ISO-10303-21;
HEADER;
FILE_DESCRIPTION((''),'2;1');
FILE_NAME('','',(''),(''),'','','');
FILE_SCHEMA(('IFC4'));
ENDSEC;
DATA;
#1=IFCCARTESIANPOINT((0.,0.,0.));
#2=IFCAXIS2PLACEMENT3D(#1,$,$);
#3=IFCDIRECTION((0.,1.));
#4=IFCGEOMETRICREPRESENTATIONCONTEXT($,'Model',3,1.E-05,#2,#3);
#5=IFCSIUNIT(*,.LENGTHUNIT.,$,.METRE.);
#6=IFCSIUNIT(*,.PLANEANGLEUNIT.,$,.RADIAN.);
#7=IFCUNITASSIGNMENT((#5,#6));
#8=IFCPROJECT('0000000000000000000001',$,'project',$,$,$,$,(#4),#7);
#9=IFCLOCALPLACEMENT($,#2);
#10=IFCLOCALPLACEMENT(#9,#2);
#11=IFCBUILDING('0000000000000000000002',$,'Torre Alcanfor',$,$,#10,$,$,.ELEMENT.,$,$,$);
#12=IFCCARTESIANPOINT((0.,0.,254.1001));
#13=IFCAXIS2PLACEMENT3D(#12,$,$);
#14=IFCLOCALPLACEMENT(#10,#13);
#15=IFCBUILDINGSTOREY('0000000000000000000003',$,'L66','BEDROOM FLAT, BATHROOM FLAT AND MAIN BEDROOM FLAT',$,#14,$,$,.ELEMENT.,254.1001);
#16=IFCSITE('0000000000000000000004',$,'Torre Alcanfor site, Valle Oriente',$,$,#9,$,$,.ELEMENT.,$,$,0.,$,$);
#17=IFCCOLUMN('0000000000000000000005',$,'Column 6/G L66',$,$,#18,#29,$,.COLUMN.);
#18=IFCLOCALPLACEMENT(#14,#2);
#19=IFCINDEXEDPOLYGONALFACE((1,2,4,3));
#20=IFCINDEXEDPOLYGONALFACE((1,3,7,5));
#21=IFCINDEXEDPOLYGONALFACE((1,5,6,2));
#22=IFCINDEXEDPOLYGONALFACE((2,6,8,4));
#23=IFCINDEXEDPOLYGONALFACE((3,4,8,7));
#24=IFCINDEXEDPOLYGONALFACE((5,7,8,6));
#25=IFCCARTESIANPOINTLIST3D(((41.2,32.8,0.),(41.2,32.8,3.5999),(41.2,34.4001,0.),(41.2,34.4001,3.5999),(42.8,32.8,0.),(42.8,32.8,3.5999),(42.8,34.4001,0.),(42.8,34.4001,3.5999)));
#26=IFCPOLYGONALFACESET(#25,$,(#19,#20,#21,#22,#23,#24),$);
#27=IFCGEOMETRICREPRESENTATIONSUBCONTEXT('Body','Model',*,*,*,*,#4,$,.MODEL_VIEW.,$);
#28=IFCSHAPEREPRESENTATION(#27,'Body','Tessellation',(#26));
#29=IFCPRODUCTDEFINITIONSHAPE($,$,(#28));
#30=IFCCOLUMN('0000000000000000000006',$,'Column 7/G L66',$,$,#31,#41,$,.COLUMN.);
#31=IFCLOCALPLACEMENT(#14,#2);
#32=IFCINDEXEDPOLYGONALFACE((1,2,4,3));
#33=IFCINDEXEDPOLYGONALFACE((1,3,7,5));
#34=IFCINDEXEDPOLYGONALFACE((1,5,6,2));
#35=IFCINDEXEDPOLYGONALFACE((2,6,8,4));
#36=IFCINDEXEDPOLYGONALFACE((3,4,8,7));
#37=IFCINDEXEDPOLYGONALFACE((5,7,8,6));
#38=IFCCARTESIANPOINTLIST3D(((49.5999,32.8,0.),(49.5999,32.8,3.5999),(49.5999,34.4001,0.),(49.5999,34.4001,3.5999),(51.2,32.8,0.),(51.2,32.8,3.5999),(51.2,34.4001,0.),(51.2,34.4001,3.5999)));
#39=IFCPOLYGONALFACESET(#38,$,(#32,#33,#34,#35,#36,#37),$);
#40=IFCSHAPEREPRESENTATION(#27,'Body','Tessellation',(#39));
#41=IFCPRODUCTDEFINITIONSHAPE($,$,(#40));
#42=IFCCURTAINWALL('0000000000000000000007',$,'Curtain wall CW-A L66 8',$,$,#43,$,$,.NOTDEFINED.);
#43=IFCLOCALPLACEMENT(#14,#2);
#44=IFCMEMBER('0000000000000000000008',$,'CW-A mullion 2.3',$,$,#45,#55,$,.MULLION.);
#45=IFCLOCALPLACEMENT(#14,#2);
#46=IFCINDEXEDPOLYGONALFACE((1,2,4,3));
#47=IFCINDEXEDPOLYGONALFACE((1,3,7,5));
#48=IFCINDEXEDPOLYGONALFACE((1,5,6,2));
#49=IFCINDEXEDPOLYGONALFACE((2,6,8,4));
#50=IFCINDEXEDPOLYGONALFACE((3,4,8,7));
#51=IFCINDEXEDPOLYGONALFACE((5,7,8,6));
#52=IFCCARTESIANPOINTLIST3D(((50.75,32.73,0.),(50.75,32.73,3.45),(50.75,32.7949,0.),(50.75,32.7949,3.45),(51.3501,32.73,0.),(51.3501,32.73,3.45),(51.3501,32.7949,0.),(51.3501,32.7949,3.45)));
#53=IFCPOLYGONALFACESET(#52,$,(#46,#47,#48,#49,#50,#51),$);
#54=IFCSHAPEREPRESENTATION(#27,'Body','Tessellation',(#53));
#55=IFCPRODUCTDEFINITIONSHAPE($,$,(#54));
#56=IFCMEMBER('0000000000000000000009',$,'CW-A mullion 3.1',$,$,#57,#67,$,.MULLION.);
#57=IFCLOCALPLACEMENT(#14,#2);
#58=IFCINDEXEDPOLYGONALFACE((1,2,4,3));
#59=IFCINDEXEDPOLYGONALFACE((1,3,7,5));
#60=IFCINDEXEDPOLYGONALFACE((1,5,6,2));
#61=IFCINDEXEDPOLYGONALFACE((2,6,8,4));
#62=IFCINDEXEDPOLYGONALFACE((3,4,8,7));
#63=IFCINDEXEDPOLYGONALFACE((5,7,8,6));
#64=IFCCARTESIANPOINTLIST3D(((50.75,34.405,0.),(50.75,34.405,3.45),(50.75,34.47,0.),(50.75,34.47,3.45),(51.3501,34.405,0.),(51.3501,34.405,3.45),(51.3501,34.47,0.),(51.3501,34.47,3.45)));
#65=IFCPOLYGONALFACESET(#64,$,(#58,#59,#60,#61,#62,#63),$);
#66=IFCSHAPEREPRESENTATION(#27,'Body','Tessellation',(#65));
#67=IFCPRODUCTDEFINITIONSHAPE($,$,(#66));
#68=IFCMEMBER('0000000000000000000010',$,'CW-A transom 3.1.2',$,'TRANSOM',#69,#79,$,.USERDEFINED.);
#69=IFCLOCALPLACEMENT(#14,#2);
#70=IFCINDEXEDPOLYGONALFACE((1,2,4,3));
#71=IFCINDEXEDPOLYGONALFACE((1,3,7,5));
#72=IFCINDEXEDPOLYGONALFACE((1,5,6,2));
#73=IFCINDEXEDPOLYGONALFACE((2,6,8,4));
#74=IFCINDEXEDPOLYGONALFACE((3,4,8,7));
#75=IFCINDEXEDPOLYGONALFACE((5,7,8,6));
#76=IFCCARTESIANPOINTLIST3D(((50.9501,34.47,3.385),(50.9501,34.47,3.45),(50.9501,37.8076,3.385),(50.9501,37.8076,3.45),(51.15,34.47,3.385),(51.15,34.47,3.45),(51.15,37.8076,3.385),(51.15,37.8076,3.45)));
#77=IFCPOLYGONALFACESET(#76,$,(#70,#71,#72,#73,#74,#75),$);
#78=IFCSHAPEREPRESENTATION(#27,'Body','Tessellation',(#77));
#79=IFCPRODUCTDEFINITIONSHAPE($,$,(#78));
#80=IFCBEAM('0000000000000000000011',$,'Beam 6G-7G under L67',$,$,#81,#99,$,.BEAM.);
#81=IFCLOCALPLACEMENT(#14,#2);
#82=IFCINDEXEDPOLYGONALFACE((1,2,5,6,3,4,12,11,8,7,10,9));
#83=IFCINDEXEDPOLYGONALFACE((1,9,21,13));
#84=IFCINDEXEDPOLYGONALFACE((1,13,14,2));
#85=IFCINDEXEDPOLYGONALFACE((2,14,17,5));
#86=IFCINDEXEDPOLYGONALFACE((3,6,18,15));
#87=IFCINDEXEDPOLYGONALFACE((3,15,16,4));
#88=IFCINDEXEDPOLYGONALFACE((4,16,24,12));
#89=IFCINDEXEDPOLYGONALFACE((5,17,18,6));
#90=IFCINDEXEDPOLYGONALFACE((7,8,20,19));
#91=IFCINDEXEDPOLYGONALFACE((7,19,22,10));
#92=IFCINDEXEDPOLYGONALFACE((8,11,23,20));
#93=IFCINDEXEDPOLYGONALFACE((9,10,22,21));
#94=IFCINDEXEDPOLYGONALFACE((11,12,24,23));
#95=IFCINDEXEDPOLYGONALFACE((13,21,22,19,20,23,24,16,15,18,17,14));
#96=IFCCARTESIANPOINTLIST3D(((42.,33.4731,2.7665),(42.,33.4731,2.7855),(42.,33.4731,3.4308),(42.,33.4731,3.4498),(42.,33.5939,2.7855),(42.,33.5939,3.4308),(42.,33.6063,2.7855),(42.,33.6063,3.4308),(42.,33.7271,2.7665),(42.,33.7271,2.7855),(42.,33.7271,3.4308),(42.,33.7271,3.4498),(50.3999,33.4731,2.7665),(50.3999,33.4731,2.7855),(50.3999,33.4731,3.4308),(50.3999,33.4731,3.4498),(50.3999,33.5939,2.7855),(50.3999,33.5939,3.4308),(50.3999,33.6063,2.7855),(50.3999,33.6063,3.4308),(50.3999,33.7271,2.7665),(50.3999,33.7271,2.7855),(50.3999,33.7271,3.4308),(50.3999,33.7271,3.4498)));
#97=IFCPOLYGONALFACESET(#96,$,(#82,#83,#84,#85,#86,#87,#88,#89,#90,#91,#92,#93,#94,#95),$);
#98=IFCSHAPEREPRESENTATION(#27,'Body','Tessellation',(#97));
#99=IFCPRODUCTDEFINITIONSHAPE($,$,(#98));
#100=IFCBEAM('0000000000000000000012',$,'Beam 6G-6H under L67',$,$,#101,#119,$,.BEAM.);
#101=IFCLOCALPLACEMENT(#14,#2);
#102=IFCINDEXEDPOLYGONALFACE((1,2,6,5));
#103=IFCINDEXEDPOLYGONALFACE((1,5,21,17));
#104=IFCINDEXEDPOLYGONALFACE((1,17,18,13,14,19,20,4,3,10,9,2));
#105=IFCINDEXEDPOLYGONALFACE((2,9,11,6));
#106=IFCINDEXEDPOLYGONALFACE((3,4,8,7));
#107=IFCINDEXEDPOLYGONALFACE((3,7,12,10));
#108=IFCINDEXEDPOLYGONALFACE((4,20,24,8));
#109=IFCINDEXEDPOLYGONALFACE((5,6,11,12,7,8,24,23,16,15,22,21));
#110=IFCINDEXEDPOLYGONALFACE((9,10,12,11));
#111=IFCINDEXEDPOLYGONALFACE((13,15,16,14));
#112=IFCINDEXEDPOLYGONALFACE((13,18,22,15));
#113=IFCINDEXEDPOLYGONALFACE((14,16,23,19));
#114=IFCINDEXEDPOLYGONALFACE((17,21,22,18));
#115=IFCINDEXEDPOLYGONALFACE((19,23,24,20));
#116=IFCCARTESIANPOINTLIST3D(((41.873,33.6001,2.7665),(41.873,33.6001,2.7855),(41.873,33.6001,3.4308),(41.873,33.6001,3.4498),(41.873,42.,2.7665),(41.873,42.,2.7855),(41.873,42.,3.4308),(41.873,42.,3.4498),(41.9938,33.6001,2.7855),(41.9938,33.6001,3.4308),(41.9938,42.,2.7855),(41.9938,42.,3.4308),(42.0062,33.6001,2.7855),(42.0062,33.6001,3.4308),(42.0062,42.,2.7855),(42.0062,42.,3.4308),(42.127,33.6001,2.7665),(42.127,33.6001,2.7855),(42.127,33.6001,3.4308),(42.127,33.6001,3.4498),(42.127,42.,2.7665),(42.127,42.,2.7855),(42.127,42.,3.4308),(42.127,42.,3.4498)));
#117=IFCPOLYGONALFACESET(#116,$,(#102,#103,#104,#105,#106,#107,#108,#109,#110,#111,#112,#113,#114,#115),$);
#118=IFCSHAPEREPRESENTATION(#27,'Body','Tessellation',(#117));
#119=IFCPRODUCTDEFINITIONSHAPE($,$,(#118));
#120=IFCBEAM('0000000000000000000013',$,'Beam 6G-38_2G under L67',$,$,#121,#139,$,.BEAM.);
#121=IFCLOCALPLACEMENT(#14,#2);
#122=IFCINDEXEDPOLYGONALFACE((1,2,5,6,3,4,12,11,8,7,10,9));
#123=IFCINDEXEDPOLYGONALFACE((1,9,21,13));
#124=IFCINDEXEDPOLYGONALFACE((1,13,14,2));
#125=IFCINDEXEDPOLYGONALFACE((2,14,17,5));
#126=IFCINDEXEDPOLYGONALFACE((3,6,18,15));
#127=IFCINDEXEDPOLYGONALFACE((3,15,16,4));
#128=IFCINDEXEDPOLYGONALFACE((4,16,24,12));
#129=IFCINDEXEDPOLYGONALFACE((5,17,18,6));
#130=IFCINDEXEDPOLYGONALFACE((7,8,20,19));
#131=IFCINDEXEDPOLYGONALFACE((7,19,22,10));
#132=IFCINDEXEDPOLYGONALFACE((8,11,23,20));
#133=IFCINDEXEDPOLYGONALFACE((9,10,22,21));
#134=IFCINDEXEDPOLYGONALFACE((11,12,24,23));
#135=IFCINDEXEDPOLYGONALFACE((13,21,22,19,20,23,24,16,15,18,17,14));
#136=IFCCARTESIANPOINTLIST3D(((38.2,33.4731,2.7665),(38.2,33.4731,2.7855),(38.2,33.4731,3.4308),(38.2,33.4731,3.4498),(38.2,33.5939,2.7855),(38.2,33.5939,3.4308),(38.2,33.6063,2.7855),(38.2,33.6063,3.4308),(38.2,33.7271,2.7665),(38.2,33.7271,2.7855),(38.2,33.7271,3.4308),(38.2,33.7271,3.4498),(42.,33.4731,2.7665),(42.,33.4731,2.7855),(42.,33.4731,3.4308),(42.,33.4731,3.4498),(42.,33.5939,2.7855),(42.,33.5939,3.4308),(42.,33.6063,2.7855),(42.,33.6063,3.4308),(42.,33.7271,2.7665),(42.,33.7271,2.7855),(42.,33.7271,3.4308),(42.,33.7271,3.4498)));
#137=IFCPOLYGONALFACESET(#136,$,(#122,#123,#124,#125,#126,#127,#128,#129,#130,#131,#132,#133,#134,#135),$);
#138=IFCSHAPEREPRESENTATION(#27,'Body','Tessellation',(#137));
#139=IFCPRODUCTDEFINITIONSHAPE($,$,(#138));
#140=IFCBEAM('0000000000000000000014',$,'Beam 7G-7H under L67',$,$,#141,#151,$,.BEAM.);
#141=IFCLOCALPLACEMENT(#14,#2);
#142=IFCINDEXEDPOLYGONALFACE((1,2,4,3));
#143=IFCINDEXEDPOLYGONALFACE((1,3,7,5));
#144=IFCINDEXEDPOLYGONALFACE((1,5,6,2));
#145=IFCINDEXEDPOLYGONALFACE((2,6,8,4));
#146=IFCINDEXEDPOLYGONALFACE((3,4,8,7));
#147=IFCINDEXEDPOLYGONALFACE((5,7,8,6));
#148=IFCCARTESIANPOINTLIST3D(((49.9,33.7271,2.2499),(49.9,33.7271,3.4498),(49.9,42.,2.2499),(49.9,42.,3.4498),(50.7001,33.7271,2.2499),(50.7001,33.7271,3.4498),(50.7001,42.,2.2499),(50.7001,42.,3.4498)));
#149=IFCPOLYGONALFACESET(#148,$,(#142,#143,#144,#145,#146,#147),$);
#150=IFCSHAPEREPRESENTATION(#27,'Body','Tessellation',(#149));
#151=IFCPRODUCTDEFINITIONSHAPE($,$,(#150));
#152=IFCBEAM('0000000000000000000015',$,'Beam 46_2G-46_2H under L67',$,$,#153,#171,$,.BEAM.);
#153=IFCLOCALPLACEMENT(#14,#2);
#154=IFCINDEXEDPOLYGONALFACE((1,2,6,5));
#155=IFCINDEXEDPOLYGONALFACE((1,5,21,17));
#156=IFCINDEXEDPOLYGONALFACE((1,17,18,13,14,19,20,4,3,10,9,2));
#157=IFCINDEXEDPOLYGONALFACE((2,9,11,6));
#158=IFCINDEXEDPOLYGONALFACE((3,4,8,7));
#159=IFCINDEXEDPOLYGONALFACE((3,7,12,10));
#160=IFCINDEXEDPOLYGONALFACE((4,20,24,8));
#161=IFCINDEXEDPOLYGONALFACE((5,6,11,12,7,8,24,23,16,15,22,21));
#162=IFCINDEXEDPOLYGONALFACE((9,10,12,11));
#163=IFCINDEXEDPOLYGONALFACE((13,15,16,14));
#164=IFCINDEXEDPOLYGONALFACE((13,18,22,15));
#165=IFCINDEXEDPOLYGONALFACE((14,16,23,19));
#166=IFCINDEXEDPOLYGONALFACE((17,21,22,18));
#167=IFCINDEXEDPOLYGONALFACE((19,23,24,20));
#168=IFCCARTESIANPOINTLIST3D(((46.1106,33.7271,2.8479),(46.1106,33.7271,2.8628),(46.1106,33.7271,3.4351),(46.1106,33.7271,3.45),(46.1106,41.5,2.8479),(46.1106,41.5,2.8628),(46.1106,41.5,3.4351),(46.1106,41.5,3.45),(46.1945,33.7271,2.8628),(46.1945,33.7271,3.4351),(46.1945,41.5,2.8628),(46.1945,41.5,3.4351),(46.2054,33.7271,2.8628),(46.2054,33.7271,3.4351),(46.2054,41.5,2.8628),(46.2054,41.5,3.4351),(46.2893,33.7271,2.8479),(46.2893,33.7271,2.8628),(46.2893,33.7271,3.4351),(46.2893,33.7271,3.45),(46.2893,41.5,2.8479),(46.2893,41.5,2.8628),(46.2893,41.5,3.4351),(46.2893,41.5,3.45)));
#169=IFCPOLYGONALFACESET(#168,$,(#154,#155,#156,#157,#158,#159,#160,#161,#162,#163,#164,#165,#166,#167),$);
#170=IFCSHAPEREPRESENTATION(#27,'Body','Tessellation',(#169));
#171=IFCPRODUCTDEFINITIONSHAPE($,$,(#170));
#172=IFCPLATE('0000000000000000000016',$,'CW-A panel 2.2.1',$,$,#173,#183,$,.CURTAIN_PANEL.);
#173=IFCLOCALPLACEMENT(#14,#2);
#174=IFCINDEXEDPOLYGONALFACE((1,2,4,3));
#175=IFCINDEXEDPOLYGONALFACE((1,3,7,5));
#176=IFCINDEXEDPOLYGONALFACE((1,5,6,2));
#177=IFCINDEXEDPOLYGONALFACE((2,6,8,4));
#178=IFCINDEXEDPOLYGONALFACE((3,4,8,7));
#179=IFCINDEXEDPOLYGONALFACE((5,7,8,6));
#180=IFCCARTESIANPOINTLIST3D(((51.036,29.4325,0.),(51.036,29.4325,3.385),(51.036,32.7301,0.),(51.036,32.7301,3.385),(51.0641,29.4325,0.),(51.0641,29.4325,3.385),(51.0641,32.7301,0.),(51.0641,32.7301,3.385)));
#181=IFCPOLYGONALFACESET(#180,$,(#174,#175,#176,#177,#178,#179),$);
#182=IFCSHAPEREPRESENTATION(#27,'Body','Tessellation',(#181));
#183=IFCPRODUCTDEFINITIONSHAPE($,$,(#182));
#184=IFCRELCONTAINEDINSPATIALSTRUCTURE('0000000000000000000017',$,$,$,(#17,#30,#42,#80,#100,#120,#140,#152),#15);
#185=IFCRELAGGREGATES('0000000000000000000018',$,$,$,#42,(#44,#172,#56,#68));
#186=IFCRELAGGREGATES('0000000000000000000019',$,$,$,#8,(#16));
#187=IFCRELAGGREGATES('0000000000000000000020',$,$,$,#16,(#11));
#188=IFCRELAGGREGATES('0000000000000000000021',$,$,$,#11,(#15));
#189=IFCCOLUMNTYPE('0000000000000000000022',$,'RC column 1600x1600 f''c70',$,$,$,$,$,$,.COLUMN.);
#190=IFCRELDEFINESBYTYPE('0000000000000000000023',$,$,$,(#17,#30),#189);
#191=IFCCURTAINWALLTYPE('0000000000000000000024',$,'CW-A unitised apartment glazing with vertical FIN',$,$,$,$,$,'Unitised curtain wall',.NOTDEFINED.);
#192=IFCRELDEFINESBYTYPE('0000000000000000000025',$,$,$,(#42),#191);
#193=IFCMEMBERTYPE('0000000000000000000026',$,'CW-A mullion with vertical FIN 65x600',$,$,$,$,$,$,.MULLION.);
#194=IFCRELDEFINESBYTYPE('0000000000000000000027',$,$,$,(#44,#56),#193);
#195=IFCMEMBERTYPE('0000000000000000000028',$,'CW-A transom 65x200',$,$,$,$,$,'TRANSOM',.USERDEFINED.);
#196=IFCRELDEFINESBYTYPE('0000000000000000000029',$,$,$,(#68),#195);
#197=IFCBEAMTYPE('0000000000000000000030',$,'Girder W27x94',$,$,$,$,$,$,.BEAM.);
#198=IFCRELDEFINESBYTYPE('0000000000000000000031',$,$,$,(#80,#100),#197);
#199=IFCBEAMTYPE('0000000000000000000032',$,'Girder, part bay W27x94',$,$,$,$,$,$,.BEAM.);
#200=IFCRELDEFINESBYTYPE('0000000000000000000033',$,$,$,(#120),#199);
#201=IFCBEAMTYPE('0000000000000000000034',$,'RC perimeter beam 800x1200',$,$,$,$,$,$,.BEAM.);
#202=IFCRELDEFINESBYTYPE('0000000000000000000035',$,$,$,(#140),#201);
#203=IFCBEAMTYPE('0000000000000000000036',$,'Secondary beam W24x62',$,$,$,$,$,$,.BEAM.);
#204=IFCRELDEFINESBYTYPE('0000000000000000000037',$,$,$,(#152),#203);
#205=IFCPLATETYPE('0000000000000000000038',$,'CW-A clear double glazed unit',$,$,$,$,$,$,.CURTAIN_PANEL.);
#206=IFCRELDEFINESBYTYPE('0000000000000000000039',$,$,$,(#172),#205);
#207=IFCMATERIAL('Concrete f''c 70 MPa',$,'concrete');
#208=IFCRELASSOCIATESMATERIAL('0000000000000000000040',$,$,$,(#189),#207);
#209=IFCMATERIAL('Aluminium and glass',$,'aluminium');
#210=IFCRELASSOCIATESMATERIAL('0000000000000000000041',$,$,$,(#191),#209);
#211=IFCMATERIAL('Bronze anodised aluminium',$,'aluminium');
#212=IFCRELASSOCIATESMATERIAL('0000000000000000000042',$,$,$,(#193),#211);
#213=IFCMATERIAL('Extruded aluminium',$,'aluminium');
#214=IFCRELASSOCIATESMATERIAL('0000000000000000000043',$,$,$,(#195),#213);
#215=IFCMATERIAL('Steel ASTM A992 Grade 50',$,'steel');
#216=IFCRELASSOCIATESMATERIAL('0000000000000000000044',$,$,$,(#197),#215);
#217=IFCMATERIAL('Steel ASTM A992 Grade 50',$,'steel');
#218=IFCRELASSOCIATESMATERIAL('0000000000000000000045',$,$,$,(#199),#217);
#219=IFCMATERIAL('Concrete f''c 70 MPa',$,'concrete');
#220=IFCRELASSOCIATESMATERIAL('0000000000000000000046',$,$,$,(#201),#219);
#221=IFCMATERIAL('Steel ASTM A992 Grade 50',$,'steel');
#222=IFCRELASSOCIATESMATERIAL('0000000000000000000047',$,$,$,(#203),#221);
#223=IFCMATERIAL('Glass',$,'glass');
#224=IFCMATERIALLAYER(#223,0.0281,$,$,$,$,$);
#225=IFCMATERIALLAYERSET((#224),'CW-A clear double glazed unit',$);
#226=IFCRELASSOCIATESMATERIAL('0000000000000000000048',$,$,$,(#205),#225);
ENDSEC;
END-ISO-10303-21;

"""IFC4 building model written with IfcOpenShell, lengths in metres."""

from ifc_helpers import new_model, si_unit, direction, frame, origin, origin_2d, place, context, subcontext, project, spatial, rectangle, i_section, extrude, material, layer, layer_set, material_profile, profile_set, type_object, element, aggregate, save


model = new_model("IFC4")

# Units and contexts
model_context = context("Model", 3, precision=1e-05, world=origin(), true_north=direction((0.0, 1.0)))
body_context = subcontext(model_context, "Body", "Model", "MODEL_VIEW")
ifc_project = project(units=[si_unit("LENGTHUNIT", "METRE"), si_unit("PLANEANGLEUNIT", "RADIAN")], contexts=[model_context])

# Site, building, storey
site_placement = place(None, origin())
site = spatial("IfcSite", under=ifc_project, at=site_placement, Name="Torre Alcanfor site, Valle Oriente", CompositionType="ELEMENT", RefElevation=0.0)
building_placement = place(site_placement, origin())
building = spatial("IfcBuilding", under=site, at=building_placement, Name="Torre Alcanfor", CompositionType="ELEMENT")
storey_placement = place(building_placement, frame((0.0, 0.0, 254.1001)))
storey = spatial("IfcBuildingStorey", under=building, at=storey_placement, Name="L66", Description="BEDROOM FLAT, BATHROOM FLAT AND MAIN BEDROOM FLAT", CompositionType="ELEMENT", Elevation=254.1001)

# Columns
ifc_material_1 = material(Name="Concrete f'c 70 MPa", Category="concrete")
ifc_material_profile_1 = material_profile(ifc_material_1, rectangle(XDim=1.6001, YDim=1.6001, at=origin_2d()), Name="1600x1600")
ifc_profile_set_1 = profile_set([ifc_material_profile_1], Name="Concrete f'c 70 MPa")
column_type = type_object("IfcColumnType", Name="RC column 1600x1600 f'c70", PredefinedType="COLUMN", material=ifc_profile_set_1)
for number, where, z_axis, x_axis, name in (
    (1, (42.0, 33.6001, 0.0), (0.0, 0.0, 1.0), (1.0, 0.0, 0.0), "Column 6/G L66"),
    (2, (50.3999, 33.6001, 0.0), (0.0, 0.0, 1.0), (1.0, 0.0, 0.0), "Column 7/G L66"),
):
    element("IfcColumn", number, at=place(storey_placement, frame(where, z_axis=z_axis, x_axis=x_axis)), inside=storey, type_object=column_type, Name=name, PredefinedType="COLUMN", context=body_context, shape_type="SweptSolid", body=[
        extrude(rectangle(XDim=1.6001, YDim=1.6001, at=origin_2d()), origin(), (0.0, 0.0, 1.0), 3.5999),
    ])

# Curtain wall, members
ifc_material_2 = material(Name="Aluminium and glass", Category="aluminium")
curtain_wall_type = type_object("IfcCurtainWallType", Name="CW-A unitised apartment glazing with vertical FIN", ElementType="Unitised curtain wall", PredefinedType="NOTDEFINED", material=ifc_material_2)
curtain_wall_placement = place(storey_placement, origin())
curtain_wall = element("IfcCurtainWall", 3, at=curtain_wall_placement, inside=storey, type_object=curtain_wall_type, Name="Curtain wall CW-A L66 8", PredefinedType="NOTDEFINED")
ifc_material_3 = material(Name="Bronze anodised aluminium", Category="aluminium")
ifc_material_profile_2 = material_profile(ifc_material_3, rectangle(XDim=0.6001, YDim=0.0649, at=origin_2d()), Name="CW-A mullion 65x600")
ifc_profile_set_2 = profile_set([ifc_material_profile_2], Name="Bronze anodised aluminium")
member_type_1 = type_object("IfcMemberType", Name="CW-A mullion with vertical FIN 65x600", PredefinedType="MULLION", material=ifc_profile_set_2)
member_1_placement = place(storey_placement, frame((51.05, 32.7625, 0.0), z_axis=(0.0, 0.0, 1.0), x_axis=(-1.0, 0.0, 0.0)))
member_1 = element("IfcMember", 4, at=member_1_placement, type_object=member_type_1, Name="CW-A mullion 2.3", PredefinedType="MULLION", context=body_context, shape_type="SweptSolid", body=[
    extrude(rectangle(XDim=0.6001, YDim=0.0649, at=origin_2d()), origin(), (0.0, 0.0, 1.0), 3.45),
])
member_2_placement = place(storey_placement, frame((51.05, 34.4375, 0.0), z_axis=(0.0, 0.0, 1.0), x_axis=(-1.0, 0.0, 0.0)))
member_2 = element("IfcMember", 5, at=member_2_placement, type_object=member_type_1, Name="CW-A mullion 3.1", PredefinedType="MULLION", context=body_context, shape_type="SweptSolid", body=[
    extrude(rectangle(XDim=0.6001, YDim=0.0649, at=origin_2d()), origin(), (0.0, 0.0, 1.0), 3.45),
])
ifc_material_4 = material(Name="Extruded aluminium", Category="aluminium")
ifc_material_profile_3 = material_profile(ifc_material_4, rectangle(XDim=0.2, YDim=0.0649, at=origin_2d()), Name="CW-A transom 200x65")
ifc_profile_set_3 = profile_set([ifc_material_profile_3], Name="Extruded aluminium")
member_type_2 = type_object("IfcMemberType", Name="CW-A transom 65x200", ElementType="TRANSOM", PredefinedType="USERDEFINED", material=ifc_profile_set_3)
member_3_placement = place(storey_placement, frame((51.05, 34.47, 3.4175), z_axis=(0.0, 1.0, 0.0), x_axis=(-1.0, 0.0, 0.0)))
member_3 = element("IfcMember", 6, at=member_3_placement, type_object=member_type_2, Name="CW-A transom 3.1.2", ObjectType="TRANSOM", PredefinedType="USERDEFINED", context=body_context, shape_type="SweptSolid", body=[
    extrude(rectangle(XDim=0.2, YDim=0.0649, at=origin_2d()), origin(), (0.0, 0.0, 1.0), 3.3376),
])

# Beams
ifc_material_5 = material(Name="Steel ASTM A992 Grade 50", Category="steel")
ifc_material_profile_4 = material_profile(ifc_material_5, i_section(OverallWidth=0.2539, OverallDepth=0.6833, WebThickness=0.0125, FlangeThickness=0.019, at=origin_2d()), Name="W27x94")
ifc_profile_set_4 = profile_set([ifc_material_profile_4], Name="Steel ASTM A992 Grade 50")
beam_type_1 = type_object("IfcBeamType", Name="Girder W27x94", PredefinedType="BEAM", material=ifc_profile_set_4)
for number, where, z_axis, x_axis, name in (
    (7, (42.0, 33.6001, 3.1082), (1.0, 0.0, 0.0), (0.0, 1.0, 0.0), "Beam 6G-7G under L67"),
    (8, (42.0, 33.6001, 3.1082), (0.0, 1.0, 0.0), (-1.0, 0.0, 0.0), "Beam 6G-6H under L67"),
):
    element("IfcBeam", number, at=place(storey_placement, frame(where, z_axis=z_axis, x_axis=x_axis)), inside=storey, type_object=beam_type_1, Name=name, PredefinedType="BEAM", context=body_context, shape_type="SweptSolid", body=[
        extrude(i_section(OverallWidth=0.2539, OverallDepth=0.6833, WebThickness=0.0125, FlangeThickness=0.019, at=origin_2d()), origin(), (0.0, 0.0, 1.0), 8.3999),
    ])
ifc_material_6 = material(Name="Steel ASTM A992 Grade 50", Category="steel")
ifc_material_profile_5 = material_profile(ifc_material_6, i_section(OverallWidth=0.2539, OverallDepth=0.6833, WebThickness=0.0125, FlangeThickness=0.019, at=origin_2d()), Name="W27x94")
ifc_profile_set_5 = profile_set([ifc_material_profile_5], Name="Steel ASTM A992 Grade 50")
beam_type_2 = type_object("IfcBeamType", Name="Girder, part bay W27x94", PredefinedType="BEAM", material=ifc_profile_set_5)
beam_1_placement = place(storey_placement, frame((42.0, 33.6001, 3.1082), z_axis=(-1.0, 0.0, 0.0), x_axis=(0.0, -1.0, 0.0)))
element("IfcBeam", 9, at=beam_1_placement, inside=storey, type_object=beam_type_2, Name="Beam 6G-38_2G under L67", PredefinedType="BEAM", context=body_context, shape_type="SweptSolid", body=[
    extrude(i_section(OverallWidth=0.2539, OverallDepth=0.6833, WebThickness=0.0125, FlangeThickness=0.019, at=origin_2d()), origin(), (0.0, 0.0, 1.0), 3.8),
])
ifc_material_7 = material(Name="Concrete f'c 70 MPa", Category="concrete")
ifc_material_profile_6 = material_profile(ifc_material_7, rectangle(XDim=0.8, YDim=1.2, at=origin_2d()), Name="800x1200")
ifc_profile_set_6 = profile_set([ifc_material_profile_6], Name="Concrete f'c 70 MPa")
beam_type_3 = type_object("IfcBeamType", Name="RC perimeter beam 800x1200", PredefinedType="BEAM", material=ifc_profile_set_6)
beam_2_placement = place(storey_placement, frame((50.3, 33.7271, 2.8499), z_axis=(0.0, 1.0, 0.0), x_axis=(-1.0, 0.0, 0.0)))
element("IfcBeam", 10, at=beam_2_placement, inside=storey, type_object=beam_type_3, Name="Beam 7G-7H under L67", PredefinedType="BEAM", context=body_context, shape_type="SweptSolid", body=[
    extrude(rectangle(XDim=0.8, YDim=1.2, at=origin_2d()), origin(), (0.0, 0.0, 1.0), 8.2729),
])
ifc_material_8 = material(Name="Steel ASTM A992 Grade 50", Category="steel")
ifc_material_profile_7 = material_profile(ifc_material_8, i_section(OverallWidth=0.1787, OverallDepth=0.6021, WebThickness=0.011, FlangeThickness=0.0149, at=origin_2d()), Name="W24x62")
ifc_profile_set_7 = profile_set([ifc_material_profile_7], Name="Steel ASTM A992 Grade 50")
beam_type_4 = type_object("IfcBeamType", Name="Secondary beam W24x62", PredefinedType="BEAM", material=ifc_profile_set_7)
beam_3_placement = place(storey_placement, frame((46.2, 33.7271, 3.1489), z_axis=(0.0, 1.0, 0.0), x_axis=(-1.0, 0.0, 0.0)))
element("IfcBeam", 11, at=beam_3_placement, inside=storey, type_object=beam_type_4, Name="Beam 46_2G-46_2H under L67", PredefinedType="BEAM", context=body_context, shape_type="SweptSolid", body=[
    extrude(i_section(OverallWidth=0.1787, OverallDepth=0.6021, WebThickness=0.011, FlangeThickness=0.0149, at=origin_2d()), origin(), (0.0, 0.0, 1.0), 7.7729),
])

# Plate
ifc_material_9 = material(Name="Glass", Category="glass")
ifc_layer_1 = layer(ifc_material_9, 0.0281)
ifc_layer_set_1 = layer_set([ifc_layer_1], Name="CW-A clear double glazed unit")
plate_type = type_object("IfcPlateType", Name="CW-A clear double glazed unit", PredefinedType="CURTAIN_PANEL", material=ifc_layer_set_1)
plate_placement = place(storey_placement, frame((51.05, 31.0813, 0.0), z_axis=(0.0, 0.0, 1.0), x_axis=(0.0, 1.0, 0.0)))
plate = element("IfcPlate", 12, at=plate_placement, type_object=plate_type, Name="CW-A panel 2.2.1", PredefinedType="CURTAIN_PANEL", context=body_context, shape_type="SweptSolid", body=[
    extrude(rectangle(XDim=3.2976, YDim=0.0281, at=origin_2d()), origin(), (0.0, 0.0, 1.0), 3.385),
])
aggregate(curtain_wall, [member_1, plate, member_2, member_3])

save(model, "model.ifc")
